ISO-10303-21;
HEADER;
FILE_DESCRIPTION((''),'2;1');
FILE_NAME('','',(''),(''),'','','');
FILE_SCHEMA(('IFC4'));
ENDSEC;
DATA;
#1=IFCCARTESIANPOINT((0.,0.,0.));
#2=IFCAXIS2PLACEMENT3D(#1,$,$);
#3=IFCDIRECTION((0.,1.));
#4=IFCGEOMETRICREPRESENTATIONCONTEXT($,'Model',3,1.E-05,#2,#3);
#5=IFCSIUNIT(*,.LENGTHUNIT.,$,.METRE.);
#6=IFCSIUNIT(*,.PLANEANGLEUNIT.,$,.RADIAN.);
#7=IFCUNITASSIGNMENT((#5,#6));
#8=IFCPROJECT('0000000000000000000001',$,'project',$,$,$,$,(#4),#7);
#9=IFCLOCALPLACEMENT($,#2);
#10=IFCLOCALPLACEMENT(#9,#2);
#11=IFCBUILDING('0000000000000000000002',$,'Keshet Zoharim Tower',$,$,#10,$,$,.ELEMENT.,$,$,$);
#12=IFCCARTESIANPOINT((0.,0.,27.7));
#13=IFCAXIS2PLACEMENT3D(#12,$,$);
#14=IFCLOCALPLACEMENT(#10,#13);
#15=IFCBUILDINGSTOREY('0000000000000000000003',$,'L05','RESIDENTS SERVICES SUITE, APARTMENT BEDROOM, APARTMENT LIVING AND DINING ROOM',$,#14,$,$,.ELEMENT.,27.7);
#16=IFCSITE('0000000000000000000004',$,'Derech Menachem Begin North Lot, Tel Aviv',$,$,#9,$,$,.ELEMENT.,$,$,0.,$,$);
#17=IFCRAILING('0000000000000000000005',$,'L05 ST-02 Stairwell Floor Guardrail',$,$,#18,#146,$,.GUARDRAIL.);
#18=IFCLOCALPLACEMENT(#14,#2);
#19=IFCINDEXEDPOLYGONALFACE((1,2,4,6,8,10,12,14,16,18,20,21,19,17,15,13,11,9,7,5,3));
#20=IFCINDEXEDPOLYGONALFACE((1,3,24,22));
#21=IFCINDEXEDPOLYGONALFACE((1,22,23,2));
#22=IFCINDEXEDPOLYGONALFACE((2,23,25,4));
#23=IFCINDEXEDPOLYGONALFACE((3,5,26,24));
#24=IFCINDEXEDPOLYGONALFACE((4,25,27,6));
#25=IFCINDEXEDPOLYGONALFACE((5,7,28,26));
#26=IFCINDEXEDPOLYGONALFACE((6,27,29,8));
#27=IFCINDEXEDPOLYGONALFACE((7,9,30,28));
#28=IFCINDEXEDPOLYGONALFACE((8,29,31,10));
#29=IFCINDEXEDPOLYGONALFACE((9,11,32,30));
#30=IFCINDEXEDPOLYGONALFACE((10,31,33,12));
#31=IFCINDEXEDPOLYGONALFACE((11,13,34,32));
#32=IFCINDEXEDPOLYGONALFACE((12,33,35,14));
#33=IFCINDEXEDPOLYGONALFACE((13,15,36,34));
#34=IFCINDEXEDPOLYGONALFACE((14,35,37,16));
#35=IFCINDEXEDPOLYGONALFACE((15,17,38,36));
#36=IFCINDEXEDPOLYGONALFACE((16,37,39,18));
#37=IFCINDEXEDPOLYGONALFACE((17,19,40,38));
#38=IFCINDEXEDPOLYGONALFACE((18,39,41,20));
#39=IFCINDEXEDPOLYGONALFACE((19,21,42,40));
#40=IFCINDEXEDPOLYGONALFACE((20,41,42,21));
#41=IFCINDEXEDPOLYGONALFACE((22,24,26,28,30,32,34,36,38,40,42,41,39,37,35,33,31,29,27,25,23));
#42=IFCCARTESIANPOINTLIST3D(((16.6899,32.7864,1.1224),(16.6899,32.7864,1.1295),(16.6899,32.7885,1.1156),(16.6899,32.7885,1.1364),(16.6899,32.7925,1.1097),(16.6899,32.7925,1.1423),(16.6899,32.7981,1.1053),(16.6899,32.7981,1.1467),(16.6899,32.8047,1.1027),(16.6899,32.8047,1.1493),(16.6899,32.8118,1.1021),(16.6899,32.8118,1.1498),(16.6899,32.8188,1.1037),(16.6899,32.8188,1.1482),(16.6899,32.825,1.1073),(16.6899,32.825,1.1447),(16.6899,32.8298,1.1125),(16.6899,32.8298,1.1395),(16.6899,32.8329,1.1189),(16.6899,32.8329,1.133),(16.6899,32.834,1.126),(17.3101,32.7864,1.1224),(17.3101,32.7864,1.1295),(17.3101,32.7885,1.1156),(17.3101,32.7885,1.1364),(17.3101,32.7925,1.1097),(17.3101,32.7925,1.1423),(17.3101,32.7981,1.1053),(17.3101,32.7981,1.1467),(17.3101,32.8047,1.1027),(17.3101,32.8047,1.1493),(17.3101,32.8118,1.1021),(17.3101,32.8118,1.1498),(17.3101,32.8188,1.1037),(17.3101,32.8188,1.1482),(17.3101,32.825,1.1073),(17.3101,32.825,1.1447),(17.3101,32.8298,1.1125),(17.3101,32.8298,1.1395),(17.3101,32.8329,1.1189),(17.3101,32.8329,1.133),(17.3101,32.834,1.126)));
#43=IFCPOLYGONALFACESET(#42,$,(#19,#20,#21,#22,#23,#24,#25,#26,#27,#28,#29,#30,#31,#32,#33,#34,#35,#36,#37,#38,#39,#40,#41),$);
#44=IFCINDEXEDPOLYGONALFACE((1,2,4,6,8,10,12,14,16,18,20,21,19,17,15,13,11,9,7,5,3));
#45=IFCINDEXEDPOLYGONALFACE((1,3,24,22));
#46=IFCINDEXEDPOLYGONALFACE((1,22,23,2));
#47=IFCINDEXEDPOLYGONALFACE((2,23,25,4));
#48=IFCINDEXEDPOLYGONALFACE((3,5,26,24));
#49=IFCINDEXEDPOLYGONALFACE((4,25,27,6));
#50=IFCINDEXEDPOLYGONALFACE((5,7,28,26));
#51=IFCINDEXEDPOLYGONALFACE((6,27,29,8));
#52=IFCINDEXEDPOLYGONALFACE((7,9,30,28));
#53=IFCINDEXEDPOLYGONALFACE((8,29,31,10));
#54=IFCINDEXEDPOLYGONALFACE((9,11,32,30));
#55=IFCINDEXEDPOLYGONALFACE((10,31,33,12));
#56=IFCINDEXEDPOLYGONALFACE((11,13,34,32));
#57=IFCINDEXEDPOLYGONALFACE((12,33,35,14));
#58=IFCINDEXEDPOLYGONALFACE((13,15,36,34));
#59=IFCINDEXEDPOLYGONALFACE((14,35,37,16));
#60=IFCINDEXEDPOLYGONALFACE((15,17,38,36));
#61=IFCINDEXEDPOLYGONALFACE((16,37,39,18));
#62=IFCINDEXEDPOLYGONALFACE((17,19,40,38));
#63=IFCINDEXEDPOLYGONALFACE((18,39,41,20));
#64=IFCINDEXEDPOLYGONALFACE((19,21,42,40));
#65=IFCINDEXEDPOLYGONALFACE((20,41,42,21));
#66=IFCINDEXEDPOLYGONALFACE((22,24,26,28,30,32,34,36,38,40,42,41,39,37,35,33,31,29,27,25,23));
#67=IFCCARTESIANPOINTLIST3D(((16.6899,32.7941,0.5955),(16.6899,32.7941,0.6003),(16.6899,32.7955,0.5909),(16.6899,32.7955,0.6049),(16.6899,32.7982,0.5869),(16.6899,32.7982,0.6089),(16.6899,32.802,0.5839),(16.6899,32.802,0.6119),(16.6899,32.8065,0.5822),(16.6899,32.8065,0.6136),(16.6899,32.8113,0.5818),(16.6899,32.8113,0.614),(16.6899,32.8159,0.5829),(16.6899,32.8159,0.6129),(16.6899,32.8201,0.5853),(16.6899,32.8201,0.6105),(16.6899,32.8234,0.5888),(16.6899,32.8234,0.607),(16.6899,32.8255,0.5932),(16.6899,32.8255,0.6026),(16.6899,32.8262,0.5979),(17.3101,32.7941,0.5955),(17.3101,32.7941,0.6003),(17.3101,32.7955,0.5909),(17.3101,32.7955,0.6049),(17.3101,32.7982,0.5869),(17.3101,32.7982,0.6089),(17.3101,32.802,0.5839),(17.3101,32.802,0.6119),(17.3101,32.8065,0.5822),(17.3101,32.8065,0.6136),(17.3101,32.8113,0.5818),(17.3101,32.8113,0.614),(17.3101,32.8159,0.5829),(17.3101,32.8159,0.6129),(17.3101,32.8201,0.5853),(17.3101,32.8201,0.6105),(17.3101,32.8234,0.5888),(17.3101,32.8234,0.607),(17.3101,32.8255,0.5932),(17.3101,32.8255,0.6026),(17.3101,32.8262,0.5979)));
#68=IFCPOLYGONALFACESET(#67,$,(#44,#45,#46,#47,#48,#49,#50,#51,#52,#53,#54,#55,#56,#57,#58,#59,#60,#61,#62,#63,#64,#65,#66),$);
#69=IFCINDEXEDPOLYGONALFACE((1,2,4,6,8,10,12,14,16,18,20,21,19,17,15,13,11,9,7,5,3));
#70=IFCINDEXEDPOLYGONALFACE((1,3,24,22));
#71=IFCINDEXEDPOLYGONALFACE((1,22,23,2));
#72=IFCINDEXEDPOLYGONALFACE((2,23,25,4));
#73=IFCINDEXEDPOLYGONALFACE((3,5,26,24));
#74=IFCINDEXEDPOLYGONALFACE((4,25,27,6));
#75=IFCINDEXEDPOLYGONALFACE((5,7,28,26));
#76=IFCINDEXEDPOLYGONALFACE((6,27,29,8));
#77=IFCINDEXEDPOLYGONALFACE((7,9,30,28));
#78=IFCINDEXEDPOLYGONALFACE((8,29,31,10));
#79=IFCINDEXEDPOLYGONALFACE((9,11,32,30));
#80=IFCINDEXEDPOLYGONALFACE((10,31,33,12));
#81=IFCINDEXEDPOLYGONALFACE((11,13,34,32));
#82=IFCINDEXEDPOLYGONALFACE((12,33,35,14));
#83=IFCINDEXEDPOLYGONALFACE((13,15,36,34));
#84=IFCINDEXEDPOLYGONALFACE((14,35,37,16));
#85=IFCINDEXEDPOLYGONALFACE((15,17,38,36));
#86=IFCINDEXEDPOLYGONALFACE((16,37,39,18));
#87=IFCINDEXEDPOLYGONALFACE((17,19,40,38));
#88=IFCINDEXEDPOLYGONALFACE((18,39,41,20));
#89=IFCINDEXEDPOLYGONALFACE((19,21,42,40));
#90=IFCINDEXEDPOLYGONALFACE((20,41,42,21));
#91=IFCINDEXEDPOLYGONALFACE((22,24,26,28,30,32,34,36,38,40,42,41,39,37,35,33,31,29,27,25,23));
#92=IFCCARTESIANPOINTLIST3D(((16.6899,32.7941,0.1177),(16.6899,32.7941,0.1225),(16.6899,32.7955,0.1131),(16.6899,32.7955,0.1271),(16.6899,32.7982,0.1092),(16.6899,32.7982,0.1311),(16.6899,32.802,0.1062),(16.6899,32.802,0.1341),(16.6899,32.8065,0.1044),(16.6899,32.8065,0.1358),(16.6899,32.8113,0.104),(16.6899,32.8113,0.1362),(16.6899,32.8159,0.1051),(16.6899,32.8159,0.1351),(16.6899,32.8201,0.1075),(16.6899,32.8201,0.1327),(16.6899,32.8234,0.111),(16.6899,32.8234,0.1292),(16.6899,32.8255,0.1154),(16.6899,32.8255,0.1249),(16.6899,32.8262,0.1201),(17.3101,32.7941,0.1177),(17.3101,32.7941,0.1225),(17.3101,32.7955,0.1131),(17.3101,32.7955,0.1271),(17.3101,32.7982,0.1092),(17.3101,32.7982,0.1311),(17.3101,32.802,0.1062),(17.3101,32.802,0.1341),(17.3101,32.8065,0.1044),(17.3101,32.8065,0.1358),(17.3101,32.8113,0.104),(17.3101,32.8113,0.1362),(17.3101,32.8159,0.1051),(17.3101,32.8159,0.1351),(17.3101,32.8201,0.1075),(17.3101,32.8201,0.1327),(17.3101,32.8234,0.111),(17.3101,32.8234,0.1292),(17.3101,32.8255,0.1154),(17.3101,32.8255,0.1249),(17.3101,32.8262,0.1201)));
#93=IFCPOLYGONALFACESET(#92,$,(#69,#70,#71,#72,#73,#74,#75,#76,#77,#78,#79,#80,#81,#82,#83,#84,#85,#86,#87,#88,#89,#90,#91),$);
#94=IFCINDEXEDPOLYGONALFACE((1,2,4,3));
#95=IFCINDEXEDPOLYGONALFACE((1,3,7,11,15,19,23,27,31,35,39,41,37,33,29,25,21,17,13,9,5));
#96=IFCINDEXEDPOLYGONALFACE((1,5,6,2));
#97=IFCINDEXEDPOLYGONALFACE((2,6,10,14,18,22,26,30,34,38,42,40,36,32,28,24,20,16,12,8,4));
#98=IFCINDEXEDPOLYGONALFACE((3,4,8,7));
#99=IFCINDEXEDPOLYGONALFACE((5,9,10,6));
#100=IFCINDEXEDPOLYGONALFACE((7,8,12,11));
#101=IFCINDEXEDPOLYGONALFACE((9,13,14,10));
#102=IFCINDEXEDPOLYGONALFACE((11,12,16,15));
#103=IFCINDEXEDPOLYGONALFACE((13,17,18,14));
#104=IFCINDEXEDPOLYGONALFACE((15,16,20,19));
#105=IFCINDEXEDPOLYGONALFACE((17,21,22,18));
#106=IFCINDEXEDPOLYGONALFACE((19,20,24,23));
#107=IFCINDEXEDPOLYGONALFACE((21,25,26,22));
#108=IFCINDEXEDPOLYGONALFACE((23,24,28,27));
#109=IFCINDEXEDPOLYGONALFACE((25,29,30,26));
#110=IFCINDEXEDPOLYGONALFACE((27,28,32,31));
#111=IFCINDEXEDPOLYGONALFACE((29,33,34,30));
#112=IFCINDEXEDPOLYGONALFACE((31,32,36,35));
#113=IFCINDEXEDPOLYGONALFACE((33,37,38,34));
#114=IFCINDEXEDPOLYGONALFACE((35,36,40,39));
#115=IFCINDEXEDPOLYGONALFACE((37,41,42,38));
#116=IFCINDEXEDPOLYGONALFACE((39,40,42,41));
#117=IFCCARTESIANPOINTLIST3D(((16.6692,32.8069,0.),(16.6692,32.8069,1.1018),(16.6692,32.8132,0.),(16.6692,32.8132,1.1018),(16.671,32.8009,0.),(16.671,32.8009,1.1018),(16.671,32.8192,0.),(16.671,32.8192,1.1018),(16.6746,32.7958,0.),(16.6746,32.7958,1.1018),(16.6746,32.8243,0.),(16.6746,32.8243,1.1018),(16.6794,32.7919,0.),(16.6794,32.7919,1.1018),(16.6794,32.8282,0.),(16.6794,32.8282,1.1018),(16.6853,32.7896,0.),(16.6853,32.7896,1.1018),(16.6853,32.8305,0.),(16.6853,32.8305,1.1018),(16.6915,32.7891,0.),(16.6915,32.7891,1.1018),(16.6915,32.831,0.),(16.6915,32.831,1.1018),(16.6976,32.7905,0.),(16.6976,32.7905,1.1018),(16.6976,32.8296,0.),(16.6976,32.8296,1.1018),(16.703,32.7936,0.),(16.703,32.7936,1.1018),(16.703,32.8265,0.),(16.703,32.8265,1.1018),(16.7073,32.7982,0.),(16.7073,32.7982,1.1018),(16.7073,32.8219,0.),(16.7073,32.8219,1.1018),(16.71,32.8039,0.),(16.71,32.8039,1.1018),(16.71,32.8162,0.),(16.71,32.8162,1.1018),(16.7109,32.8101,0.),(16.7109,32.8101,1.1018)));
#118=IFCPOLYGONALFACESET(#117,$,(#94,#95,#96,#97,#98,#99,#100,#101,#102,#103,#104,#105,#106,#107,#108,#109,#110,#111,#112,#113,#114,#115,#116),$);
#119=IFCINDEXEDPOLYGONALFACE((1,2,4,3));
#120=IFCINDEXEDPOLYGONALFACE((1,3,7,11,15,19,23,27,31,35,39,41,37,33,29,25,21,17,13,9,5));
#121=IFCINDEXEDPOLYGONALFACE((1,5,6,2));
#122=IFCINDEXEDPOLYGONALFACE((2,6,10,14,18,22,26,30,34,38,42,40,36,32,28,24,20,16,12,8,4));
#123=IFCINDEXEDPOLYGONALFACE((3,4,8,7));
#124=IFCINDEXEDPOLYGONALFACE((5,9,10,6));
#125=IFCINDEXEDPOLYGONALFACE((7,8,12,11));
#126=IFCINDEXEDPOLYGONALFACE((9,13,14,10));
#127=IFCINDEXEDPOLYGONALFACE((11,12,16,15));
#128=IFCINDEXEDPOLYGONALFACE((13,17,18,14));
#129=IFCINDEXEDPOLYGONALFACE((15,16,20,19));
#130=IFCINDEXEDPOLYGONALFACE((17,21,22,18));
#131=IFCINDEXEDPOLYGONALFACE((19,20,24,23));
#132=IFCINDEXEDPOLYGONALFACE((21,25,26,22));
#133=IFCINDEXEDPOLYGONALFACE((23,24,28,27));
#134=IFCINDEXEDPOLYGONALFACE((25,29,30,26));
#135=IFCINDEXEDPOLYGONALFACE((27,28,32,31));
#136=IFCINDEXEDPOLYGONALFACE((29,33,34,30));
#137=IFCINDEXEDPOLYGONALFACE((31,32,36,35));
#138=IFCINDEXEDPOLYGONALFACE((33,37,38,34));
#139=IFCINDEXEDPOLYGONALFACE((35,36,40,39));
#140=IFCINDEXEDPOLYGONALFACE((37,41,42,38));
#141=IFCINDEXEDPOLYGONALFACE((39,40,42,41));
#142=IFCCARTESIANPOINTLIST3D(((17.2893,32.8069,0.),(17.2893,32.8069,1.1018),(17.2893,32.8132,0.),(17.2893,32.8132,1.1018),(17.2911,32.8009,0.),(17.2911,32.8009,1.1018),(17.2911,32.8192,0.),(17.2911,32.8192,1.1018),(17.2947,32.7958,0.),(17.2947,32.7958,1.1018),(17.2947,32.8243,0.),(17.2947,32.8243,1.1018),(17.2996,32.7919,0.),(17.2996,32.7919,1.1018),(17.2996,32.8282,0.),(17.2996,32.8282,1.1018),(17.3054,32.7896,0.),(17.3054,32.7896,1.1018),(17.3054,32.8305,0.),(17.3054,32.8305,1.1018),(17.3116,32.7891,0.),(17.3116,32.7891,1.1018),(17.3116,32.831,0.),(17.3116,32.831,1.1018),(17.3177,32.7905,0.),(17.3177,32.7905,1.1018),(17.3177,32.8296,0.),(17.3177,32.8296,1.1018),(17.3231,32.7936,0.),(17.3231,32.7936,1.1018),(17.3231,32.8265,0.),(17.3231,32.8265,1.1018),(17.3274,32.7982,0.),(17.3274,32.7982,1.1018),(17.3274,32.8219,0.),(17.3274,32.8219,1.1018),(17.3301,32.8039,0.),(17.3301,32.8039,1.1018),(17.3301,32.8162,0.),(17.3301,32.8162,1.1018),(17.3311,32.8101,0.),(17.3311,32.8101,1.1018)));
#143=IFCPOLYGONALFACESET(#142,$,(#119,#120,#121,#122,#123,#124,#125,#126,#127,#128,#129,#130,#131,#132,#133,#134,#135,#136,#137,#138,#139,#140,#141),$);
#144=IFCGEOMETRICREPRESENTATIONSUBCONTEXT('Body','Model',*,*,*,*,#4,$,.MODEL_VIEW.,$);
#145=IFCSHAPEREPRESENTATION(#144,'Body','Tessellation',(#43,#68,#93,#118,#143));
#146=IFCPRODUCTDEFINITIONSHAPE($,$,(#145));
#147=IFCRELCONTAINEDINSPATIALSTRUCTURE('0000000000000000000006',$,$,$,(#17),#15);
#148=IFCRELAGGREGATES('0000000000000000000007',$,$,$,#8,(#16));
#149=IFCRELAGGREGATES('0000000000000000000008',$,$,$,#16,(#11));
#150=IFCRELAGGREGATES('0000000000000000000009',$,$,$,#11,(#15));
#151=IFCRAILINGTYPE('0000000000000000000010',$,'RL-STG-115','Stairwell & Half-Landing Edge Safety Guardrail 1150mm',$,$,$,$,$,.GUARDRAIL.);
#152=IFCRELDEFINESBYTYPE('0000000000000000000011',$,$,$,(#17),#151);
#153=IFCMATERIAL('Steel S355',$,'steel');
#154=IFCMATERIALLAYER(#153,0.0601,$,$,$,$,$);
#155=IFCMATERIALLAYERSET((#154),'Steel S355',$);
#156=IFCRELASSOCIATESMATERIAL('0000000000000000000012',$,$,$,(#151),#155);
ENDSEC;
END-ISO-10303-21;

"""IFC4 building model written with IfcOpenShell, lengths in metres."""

from ifc_helpers import new_model, si_unit, direction, frame, origin, origin_2d, place, context, subcontext, project, spatial, circle, extrude, material, layer, layer_set, type_object, element, save


model = new_model("IFC4")

# Units and contexts
model_context = context("Model", 3, precision=1e-05, world=origin(), true_north=direction((0.0, 1.0)))
body_context = subcontext(model_context, "Body", "Model", "MODEL_VIEW")
ifc_project = project(units=[si_unit("LENGTHUNIT", "METRE"), si_unit("PLANEANGLEUNIT", "RADIAN")], contexts=[model_context])

# Site, building, storey
site_placement = place(None, origin())
site = spatial("IfcSite", under=ifc_project, at=site_placement, Name="Derech Menachem Begin North Lot, Tel Aviv", CompositionType="ELEMENT", RefElevation=0.0)
building_placement = place(site_placement, origin())
building = spatial("IfcBuilding", under=site, at=building_placement, Name="Keshet Zoharim Tower", CompositionType="ELEMENT")
storey_placement = place(building_placement, frame((0.0, 0.0, 27.7)))
storey = spatial("IfcBuildingStorey", under=building, at=storey_placement, Name="L05", Description="RESIDENTS SERVICES SUITE, APARTMENT BEDROOM, APARTMENT LIVING AND DINING ROOM", CompositionType="ELEMENT", Elevation=27.7)

# Railing
ifc_material_1 = material(Name="Steel S355", Category="steel")
ifc_layer_1 = layer(ifc_material_1, 0.0601)
ifc_layer_set_1 = layer_set([ifc_layer_1], Name="Steel S355")
railing_type_1 = type_object("IfcRailingType", Name="RL-STG-115", Description="Stairwell & Half-Landing Edge Safety Guardrail 1150mm", PredefinedType="GUARDRAIL", material=ifc_layer_set_1)
railing_1_placement = place(storey_placement, frame((16.6899, 32.8101, 0.0)))
element("IfcRailing", 1, at=railing_1_placement, inside=storey, type_object=railing_type_1, Name="L05 ST-02 Stairwell Floor Guardrail", PredefinedType="GUARDRAIL", context=body_context, shape_type="SweptSolid", body=[
    extrude(circle(Radius=0.0239, at=origin_2d()), frame((0.0, 0.0, 1.126), z_axis=(1.0, 0.0, 0.0), x_axis=(0.0, 1.0, 0.0)), (0.0, 0.0, 1.0), 0.6201),
    extrude(circle(Radius=0.0161, at=origin_2d()), frame((0.0, 0.0, 0.5979), z_axis=(1.0, 0.0, 0.0), x_axis=(0.0, 1.0, 0.0)), (0.0, 0.0, 1.0), 0.6201),
    extrude(circle(Radius=0.0161, at=origin_2d()), frame((0.0, 0.0, 0.1201), z_axis=(1.0, 0.0, 0.0), x_axis=(0.0, 1.0, 0.0)), (0.0, 0.0, 1.0), 0.6201),
    extrude(circle(Radius=0.021, at=origin_2d()), origin(), (0.0, 0.0, 1.0), 1.1018),
    extrude(circle(Radius=0.021, at=origin_2d()), frame((0.6201, 0.0, 0.0)), (0.0, 0.0, 1.0), 1.1018),
])

save(model, "model.ifc")
